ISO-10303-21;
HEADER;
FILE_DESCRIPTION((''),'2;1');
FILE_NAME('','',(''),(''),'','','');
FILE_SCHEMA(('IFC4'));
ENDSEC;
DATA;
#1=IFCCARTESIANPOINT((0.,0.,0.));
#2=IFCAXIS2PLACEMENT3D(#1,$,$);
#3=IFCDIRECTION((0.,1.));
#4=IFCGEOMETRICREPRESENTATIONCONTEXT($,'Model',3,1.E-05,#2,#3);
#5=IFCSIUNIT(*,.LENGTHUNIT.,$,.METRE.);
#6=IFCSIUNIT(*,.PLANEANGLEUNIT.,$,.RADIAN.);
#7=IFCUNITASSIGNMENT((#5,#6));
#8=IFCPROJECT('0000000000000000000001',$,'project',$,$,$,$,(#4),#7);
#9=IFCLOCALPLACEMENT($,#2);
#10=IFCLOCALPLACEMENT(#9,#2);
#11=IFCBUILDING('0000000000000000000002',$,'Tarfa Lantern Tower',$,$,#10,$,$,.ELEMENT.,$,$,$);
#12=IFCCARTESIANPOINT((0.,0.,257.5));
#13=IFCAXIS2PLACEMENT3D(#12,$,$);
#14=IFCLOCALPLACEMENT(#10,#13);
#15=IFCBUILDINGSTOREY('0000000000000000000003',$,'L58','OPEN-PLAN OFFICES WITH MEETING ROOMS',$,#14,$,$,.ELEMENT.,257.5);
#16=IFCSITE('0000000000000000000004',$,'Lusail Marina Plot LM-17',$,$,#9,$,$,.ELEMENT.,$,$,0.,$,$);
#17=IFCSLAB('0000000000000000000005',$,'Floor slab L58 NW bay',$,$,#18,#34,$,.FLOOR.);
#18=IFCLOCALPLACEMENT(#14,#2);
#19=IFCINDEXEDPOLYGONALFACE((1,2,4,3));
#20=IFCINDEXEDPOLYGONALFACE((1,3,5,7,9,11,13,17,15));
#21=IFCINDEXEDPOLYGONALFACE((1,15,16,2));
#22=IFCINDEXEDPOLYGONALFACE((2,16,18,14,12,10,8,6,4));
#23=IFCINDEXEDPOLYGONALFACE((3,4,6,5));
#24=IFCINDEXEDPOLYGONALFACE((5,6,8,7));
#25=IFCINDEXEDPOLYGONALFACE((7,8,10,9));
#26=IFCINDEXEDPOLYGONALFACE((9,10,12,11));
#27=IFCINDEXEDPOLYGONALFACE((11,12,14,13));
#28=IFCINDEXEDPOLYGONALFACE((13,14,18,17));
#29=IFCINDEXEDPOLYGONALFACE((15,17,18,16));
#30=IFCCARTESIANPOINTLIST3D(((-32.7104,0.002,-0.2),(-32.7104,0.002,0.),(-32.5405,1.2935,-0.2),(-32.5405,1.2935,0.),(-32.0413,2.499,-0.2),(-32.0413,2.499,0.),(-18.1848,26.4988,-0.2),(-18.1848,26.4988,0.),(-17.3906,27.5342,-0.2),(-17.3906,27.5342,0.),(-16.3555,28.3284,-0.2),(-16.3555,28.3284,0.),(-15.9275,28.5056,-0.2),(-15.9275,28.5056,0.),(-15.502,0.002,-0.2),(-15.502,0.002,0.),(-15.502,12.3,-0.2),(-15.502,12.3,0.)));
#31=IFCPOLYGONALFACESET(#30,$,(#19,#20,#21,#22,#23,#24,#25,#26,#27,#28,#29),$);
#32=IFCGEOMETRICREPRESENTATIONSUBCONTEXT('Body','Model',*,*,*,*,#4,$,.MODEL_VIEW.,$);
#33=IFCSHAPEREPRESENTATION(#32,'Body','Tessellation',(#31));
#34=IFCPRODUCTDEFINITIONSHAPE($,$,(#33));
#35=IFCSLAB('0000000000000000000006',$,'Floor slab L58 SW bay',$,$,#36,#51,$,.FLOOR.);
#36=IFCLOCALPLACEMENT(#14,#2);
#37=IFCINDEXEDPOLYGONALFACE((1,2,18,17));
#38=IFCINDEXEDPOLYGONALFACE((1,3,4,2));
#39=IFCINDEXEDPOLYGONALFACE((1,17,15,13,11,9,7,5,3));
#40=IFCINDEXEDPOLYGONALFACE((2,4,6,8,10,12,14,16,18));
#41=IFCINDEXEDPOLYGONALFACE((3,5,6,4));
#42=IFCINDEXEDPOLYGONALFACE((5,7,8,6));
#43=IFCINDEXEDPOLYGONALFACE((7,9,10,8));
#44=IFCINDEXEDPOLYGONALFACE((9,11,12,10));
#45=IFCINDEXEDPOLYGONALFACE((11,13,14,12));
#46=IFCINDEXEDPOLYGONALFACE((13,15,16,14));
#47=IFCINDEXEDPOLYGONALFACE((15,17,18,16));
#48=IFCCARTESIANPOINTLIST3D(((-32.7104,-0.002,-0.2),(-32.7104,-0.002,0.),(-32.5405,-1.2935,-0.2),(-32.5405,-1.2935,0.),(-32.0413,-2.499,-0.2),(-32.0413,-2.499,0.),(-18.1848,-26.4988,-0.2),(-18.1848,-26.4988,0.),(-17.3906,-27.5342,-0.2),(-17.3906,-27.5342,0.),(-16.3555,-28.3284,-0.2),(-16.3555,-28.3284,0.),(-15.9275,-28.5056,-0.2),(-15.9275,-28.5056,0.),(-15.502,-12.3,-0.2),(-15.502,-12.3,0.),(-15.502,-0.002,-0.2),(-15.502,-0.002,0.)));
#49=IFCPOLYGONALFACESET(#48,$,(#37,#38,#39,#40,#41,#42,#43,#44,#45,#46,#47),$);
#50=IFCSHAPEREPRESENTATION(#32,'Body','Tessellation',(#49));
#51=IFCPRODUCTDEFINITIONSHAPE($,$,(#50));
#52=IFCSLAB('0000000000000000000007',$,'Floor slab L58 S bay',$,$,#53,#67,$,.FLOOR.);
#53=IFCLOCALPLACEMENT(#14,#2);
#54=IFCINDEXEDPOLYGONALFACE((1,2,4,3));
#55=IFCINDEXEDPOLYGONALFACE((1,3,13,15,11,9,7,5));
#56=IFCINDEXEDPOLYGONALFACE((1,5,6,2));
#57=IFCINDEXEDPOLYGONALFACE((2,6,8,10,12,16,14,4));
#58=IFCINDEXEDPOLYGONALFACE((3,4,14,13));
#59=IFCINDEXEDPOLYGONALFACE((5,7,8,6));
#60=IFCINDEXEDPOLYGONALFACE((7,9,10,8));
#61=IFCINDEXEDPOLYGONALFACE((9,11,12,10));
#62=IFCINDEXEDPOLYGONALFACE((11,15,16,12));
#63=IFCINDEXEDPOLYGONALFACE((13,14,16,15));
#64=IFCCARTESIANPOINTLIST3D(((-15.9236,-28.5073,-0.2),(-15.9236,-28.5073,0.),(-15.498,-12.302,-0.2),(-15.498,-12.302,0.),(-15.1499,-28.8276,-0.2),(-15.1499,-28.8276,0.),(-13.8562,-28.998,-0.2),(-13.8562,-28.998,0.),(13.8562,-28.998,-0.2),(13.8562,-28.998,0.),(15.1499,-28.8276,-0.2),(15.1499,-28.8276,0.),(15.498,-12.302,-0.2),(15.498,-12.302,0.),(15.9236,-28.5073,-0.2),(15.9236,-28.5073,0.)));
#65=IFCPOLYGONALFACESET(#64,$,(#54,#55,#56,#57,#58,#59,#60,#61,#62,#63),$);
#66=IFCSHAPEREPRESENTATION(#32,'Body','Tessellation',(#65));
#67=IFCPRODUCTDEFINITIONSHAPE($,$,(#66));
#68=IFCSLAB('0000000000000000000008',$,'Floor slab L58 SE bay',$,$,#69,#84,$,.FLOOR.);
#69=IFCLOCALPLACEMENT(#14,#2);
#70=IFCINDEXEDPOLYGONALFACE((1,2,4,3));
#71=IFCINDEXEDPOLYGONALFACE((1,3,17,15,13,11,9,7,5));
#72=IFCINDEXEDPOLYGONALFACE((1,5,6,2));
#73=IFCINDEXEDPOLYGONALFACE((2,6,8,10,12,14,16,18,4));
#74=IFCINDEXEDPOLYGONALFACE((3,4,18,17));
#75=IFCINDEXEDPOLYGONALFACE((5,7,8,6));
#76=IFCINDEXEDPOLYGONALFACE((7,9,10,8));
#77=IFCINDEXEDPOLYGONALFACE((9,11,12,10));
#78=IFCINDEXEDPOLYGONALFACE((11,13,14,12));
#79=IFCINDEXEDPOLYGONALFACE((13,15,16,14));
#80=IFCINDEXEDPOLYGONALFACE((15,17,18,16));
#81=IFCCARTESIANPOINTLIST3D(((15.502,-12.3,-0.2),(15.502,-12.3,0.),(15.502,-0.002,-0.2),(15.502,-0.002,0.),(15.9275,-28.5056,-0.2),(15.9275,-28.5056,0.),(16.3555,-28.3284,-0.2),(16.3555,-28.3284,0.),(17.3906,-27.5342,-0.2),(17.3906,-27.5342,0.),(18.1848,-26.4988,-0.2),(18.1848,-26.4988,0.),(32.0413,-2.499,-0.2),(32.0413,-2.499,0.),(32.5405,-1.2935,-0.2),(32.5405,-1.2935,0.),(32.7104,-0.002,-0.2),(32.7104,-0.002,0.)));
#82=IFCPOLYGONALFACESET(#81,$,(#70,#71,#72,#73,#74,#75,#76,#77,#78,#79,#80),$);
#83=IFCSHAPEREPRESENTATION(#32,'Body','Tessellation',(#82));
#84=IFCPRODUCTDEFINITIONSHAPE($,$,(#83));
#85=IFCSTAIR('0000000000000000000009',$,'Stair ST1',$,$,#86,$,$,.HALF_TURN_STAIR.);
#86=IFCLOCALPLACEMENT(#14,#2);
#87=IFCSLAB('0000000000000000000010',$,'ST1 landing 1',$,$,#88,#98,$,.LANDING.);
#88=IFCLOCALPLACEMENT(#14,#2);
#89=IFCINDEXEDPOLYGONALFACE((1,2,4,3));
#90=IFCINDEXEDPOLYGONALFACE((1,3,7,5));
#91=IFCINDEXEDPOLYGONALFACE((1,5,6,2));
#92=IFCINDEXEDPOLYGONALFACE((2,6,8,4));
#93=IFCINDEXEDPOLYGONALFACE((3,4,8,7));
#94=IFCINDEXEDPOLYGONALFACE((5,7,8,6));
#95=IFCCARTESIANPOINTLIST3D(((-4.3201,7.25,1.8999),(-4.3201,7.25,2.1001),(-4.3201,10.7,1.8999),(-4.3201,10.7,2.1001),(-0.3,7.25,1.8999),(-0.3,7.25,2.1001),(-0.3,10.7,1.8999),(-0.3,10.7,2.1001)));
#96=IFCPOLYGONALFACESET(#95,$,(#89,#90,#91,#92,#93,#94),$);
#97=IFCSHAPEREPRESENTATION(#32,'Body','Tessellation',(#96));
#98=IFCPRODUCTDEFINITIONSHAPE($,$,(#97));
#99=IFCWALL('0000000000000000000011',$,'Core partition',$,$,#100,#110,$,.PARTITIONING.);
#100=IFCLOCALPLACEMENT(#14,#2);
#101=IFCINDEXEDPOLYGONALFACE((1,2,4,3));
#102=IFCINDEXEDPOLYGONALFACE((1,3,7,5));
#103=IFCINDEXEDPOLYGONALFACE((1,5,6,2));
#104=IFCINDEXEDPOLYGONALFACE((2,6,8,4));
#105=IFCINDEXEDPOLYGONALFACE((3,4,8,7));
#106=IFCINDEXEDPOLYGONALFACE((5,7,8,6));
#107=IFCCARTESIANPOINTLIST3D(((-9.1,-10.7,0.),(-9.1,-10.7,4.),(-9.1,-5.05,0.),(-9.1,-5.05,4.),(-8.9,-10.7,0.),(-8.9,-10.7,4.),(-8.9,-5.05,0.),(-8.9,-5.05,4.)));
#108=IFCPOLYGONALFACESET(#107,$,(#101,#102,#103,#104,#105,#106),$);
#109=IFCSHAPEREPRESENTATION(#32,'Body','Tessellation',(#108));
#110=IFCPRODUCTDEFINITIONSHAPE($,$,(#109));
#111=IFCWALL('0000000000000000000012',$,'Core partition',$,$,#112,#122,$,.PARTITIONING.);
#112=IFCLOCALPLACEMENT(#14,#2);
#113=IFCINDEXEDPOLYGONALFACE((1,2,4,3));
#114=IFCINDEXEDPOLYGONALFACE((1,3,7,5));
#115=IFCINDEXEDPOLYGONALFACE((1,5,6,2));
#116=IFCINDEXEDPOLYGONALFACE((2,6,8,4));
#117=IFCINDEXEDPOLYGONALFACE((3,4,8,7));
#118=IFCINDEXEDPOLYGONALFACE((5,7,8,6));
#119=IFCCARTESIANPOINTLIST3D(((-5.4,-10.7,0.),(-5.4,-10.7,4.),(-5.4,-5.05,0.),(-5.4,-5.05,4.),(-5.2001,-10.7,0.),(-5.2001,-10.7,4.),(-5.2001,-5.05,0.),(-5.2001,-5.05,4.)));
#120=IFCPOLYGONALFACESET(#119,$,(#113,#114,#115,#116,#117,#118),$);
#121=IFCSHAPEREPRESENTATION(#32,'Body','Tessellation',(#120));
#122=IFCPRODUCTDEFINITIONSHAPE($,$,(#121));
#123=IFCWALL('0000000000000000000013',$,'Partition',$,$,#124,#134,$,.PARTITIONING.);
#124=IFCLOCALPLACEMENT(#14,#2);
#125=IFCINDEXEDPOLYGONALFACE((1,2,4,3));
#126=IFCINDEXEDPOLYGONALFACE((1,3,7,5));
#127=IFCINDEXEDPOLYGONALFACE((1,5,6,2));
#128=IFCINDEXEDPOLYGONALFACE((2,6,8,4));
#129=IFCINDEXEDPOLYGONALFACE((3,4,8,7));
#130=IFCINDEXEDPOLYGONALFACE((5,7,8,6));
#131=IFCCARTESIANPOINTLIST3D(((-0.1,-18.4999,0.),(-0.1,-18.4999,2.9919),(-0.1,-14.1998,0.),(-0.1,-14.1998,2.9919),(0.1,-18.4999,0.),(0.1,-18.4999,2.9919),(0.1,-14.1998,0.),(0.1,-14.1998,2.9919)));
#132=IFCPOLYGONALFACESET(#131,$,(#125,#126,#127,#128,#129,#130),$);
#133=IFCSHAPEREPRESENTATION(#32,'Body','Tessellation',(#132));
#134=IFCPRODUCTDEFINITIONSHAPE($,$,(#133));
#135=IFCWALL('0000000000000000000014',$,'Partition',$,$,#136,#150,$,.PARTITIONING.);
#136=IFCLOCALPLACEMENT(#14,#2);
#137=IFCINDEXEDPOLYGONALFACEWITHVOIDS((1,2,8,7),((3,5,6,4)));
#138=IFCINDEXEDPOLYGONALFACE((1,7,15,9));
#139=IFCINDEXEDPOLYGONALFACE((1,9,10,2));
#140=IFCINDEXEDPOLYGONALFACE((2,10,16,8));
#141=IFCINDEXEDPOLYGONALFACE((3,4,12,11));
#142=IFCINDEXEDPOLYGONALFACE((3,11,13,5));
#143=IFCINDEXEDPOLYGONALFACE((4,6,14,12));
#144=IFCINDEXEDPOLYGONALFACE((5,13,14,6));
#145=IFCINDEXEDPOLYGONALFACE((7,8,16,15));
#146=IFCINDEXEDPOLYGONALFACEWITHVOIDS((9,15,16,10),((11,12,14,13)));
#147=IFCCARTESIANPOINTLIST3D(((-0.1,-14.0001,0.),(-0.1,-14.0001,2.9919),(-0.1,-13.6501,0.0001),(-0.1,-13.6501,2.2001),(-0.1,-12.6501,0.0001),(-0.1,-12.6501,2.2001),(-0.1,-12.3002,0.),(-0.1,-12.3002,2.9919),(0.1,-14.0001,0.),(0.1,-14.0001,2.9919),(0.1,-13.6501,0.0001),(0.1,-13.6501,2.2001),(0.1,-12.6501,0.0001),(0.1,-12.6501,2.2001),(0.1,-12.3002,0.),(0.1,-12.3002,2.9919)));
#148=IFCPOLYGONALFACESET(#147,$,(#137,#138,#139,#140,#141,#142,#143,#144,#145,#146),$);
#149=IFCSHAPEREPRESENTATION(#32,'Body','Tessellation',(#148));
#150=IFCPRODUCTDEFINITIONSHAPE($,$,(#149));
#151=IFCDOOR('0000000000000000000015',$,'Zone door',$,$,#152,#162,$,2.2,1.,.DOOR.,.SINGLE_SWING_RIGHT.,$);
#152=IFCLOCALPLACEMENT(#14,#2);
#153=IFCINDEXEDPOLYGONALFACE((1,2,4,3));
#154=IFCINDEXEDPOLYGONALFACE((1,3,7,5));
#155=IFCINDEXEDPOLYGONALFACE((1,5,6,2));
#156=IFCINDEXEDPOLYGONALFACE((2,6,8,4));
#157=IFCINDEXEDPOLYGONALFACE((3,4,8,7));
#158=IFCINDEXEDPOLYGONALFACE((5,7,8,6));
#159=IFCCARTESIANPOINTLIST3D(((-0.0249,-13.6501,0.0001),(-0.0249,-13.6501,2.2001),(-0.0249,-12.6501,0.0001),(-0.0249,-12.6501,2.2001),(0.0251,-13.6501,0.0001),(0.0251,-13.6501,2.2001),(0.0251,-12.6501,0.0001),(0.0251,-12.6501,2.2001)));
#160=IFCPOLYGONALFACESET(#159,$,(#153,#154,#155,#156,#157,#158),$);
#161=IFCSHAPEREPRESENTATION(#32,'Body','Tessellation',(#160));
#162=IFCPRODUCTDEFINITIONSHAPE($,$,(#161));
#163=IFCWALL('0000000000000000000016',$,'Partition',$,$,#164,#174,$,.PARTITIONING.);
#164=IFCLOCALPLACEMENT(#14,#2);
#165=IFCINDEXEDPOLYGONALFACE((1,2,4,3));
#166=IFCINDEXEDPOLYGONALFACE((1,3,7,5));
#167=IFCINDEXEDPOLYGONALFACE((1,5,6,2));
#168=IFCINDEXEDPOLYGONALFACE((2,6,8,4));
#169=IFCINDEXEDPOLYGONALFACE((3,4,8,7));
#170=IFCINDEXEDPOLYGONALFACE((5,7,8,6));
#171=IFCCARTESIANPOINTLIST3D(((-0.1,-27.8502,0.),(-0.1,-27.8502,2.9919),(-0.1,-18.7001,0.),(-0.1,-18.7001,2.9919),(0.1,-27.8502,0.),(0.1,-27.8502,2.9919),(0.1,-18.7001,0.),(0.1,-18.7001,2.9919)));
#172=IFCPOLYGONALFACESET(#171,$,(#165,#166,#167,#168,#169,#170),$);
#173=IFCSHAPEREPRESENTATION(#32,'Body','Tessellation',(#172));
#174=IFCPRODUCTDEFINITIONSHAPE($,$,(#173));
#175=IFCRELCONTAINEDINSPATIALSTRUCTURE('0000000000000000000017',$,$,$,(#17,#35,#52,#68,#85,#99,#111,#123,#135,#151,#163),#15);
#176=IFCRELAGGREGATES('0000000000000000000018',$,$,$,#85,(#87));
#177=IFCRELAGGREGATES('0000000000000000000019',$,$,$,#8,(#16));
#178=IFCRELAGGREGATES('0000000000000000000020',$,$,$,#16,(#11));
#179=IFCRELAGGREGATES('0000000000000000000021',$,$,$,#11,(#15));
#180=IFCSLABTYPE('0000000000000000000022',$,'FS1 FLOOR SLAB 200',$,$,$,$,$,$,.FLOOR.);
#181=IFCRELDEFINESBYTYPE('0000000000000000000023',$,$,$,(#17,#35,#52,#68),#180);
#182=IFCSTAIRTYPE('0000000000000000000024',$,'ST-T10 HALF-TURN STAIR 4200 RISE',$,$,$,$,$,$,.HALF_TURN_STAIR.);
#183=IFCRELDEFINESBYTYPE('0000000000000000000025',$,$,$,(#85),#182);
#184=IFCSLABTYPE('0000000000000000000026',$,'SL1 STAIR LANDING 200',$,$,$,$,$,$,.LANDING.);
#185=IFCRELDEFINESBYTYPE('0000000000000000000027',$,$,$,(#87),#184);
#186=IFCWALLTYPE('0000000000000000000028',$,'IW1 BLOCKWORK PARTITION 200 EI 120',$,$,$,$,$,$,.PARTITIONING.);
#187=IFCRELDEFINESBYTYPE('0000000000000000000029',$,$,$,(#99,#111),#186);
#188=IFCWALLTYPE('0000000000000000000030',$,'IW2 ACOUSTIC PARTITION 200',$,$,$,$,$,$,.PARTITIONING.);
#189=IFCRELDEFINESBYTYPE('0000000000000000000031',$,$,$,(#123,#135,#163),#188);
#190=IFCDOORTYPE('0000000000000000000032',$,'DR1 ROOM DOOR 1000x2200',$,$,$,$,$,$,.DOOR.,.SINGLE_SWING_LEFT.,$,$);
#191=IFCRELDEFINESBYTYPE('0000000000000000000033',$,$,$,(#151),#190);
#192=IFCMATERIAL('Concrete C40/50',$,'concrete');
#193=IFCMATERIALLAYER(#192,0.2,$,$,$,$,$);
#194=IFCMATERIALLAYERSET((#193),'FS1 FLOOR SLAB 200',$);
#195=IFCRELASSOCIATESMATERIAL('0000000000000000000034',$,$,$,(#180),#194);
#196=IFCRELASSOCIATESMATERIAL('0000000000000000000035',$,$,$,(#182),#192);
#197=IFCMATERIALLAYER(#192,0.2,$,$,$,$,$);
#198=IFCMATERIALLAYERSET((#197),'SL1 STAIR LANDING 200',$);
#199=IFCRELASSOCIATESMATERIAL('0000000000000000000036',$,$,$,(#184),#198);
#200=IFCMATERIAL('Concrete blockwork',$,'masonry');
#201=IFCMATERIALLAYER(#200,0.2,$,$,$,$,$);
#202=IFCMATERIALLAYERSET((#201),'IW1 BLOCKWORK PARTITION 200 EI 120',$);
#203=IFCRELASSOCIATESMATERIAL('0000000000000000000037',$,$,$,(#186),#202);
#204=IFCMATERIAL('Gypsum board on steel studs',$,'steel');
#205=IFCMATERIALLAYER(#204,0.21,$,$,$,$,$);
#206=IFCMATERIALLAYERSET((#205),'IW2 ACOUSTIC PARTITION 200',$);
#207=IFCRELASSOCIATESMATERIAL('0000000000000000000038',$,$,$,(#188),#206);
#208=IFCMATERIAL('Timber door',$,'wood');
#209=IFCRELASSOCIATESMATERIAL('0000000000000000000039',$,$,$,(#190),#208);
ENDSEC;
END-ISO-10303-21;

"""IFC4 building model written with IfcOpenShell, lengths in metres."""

from ifc_helpers import new_model, si_unit, direction, frame, frame_2d, origin, place, context, subcontext, project, spatial, polyline, rectangle, outline, extrude, material, layer, layer_set, type_object, element, fill, aggregate, save


model = new_model("IFC4")

# Units and contexts
model_context = context("Model", 3, precision=1e-05, world=origin(), true_north=direction((0.0, 1.0)))
body_context = subcontext(model_context, "Body", "Model", "MODEL_VIEW")
ifc_project = project(units=[si_unit("LENGTHUNIT", "METRE"), si_unit("PLANEANGLEUNIT", "RADIAN")], contexts=[model_context])

# Site, building, storey
site_placement = place(None, origin())
site = spatial("IfcSite", under=ifc_project, at=site_placement, Name="Lusail Marina Plot LM-17", CompositionType="ELEMENT", RefElevation=0.0)
building_placement = place(site_placement, origin())
building = spatial("IfcBuilding", under=site, at=building_placement, Name="Tarfa Lantern Tower", CompositionType="ELEMENT")
storey_placement = place(building_placement, frame((0.0, 0.0, 257.5)))
storey = spatial("IfcBuildingStorey", under=building, at=storey_placement, Name="L58", Description="OPEN-PLAN OFFICES WITH MEETING ROOMS", CompositionType="ELEMENT", Elevation=257.5)

# Slabs
ifc_material_1 = material(Name="Concrete C40/50", Category="concrete")
ifc_layer_1 = layer(ifc_material_1, 0.2)
ifc_layer_set_1 = layer_set([ifc_layer_1], Name="FS1 FLOOR SLAB 200")
slab_type_1 = type_object("IfcSlabType", Name="FS1 FLOOR SLAB 200", PredefinedType="FLOOR", material=ifc_layer_set_1)
slab_1_placement = place(storey_placement, frame((0.0, 0.0, -0.2)))
element("IfcSlab", 1, at=slab_1_placement, inside=storey, type_object=slab_type_1, Name="Floor slab L58 NW bay", PredefinedType="FLOOR", context=body_context, shape_type="SweptSolid", body=[
    extrude(outline(polyline([(-15.502, 0.002), (-15.502, 12.3), (-15.9275, 28.5056), (-16.3555, 28.3284), (-17.3906, 27.5342), (-18.1848, 26.4988), (-32.0413, 2.499), (-32.5405, 1.2935), (-32.7104, 0.002), (-15.502, 0.002)])), origin(), (0.0, 0.0, 1.0), 0.2),
])
slab_2_placement = place(storey_placement, frame((0.0, 0.0, -0.2)))
element("IfcSlab", 2, at=slab_2_placement, inside=storey, type_object=slab_type_1, Name="Floor slab L58 SW bay", PredefinedType="FLOOR", context=body_context, shape_type="SweptSolid", body=[
    extrude(outline(polyline([(-15.502, -12.3), (-15.502, -0.002), (-32.7104, -0.002), (-32.5405, -1.2935), (-32.0413, -2.499), (-18.1848, -26.4988), (-17.3906, -27.5342), (-16.3555, -28.3284), (-15.9275, -28.5056), (-15.502, -12.3)])), origin(), (0.0, 0.0, 1.0), 0.2),
])
slab_3_placement = place(storey_placement, frame((0.0, 0.0, -0.2)))
element("IfcSlab", 3, at=slab_3_placement, inside=storey, type_object=slab_type_1, Name="Floor slab L58 S bay", PredefinedType="FLOOR", context=body_context, shape_type="SweptSolid", body=[
    extrude(outline(polyline([(15.498, -12.302), (-15.498, -12.302), (-15.9236, -28.5073), (-15.1499, -28.8276), (-13.8562, -28.998), (13.8562, -28.998), (15.1499, -28.8276), (15.9236, -28.5073), (15.498, -12.302)])), origin(), (0.0, 0.0, 1.0), 0.2),
])
slab_4_placement = place(storey_placement, frame((0.0, 0.0, -0.2)))
element("IfcSlab", 4, at=slab_4_placement, inside=storey, type_object=slab_type_1, Name="Floor slab L58 SE bay", PredefinedType="FLOOR", context=body_context, shape_type="SweptSolid", body=[
    extrude(outline(polyline([(15.502, -0.002), (15.502, -12.3), (15.9275, -28.5056), (16.3555, -28.3284), (17.3906, -27.5342), (18.1848, -26.4988), (32.0413, -2.499), (32.5405, -1.2935), (32.7104, -0.002), (15.502, -0.002)])), origin(), (0.0, 0.0, 1.0), 0.2),
])

# Stair, slab
stair_type = type_object("IfcStairType", Name="ST-T10 HALF-TURN STAIR 4200 RISE", PredefinedType="HALF_TURN_STAIR", material=ifc_material_1)
stair_placement = place(storey_placement, origin())
stair = element("IfcStair", 5, at=stair_placement, inside=storey, type_object=stair_type, Name="Stair ST1", PredefinedType="HALF_TURN_STAIR")
ifc_layer_2 = layer(ifc_material_1, 0.2)
ifc_layer_set_2 = layer_set([ifc_layer_2], Name="SL1 STAIR LANDING 200")
slab_type_2 = type_object("IfcSlabType", Name="SL1 STAIR LANDING 200", PredefinedType="LANDING", material=ifc_layer_set_2)
slab_5_placement = place(storey_placement, frame((0.0, 0.0, 1.8999)))
slab_5 = element("IfcSlab", 6, at=slab_5_placement, type_object=slab_type_2, Name="ST1 landing 1", PredefinedType="LANDING", context=body_context, shape_type="SweptSolid", body=[
    extrude(outline(polyline([(-4.3201, 7.25), (-0.3, 7.25), (-0.3, 10.7), (-4.3201, 10.7), (-4.3201, 7.25)])), origin(), (0.0, 0.0, 1.0), 0.2002),
])
aggregate(stair, [slab_5])

# Walls
ifc_material_2 = material(Name="Concrete blockwork", Category="masonry")
ifc_layer_3 = layer(ifc_material_2, 0.2)
ifc_layer_set_3 = layer_set([ifc_layer_3], Name="IW1 BLOCKWORK PARTITION 200 EI 120")
wall_type_1 = type_object("IfcWallType", Name="IW1 BLOCKWORK PARTITION 200 EI 120", PredefinedType="PARTITIONING", material=ifc_layer_set_3)
for number, where, z_axis, x_axis, name in (
    (7, (-9.0, -5.05, 0.0), (0.0, 0.0, 1.0), (0.0, -1.0, 0.0), "Core partition"),
    (8, (-5.3, -5.05, 0.0), (0.0, 0.0, 1.0), (0.0, -1.0, 0.0), "Core partition"),
):
    element("IfcWall", number, at=place(storey_placement, frame(where, z_axis=z_axis, x_axis=x_axis)), inside=storey, type_object=wall_type_1, Name=name, PredefinedType="PARTITIONING", context=body_context, shape_type="SweptSolid", body=[
        extrude(rectangle(XDim=5.6499, YDim=0.2, at=frame_2d((2.825, 0.0))), origin(), (0.0, 0.0, 1.0), 4.0),
    ])
ifc_material_3 = material(Name="Gypsum board on steel studs", Category="steel")
ifc_layer_4 = layer(ifc_material_3, 0.21)
ifc_layer_set_4 = layer_set([ifc_layer_4], Name="IW2 ACOUSTIC PARTITION 200")
wall_type_2 = type_object("IfcWallType", Name="IW2 ACOUSTIC PARTITION 200", PredefinedType="PARTITIONING", material=ifc_layer_set_4)
wall_1_placement = place(storey_placement, frame((0.0, -14.2, 0.0), z_axis=(0.0, 0.0, 1.0), x_axis=(0.0, -1.0, 0.0)))
element("IfcWall", 9, at=wall_1_placement, inside=storey, type_object=wall_type_2, Name="Partition", PredefinedType="PARTITIONING", context=body_context, shape_type="SweptSolid", body=[
    extrude(rectangle(XDim=4.3, YDim=0.2, at=frame_2d((2.1499, 0.0))), origin(), (0.0, 0.0, 1.0), 2.9919),
])

# Wall, opening, door
wall_2_placement = place(storey_placement, frame((0.0, -12.3, 0.0), z_axis=(0.0, 0.0, 1.0), x_axis=(0.0, -1.0, 0.0)))
wall_2 = element("IfcWall", 10, at=wall_2_placement, inside=storey, type_object=wall_type_2, Name="Partition", PredefinedType="PARTITIONING", context=body_context, shape_type="SweptSolid", body=[
    extrude(rectangle(XDim=1.7, YDim=0.2, at=frame_2d((0.8501, 0.0))), origin(), (0.0, 0.0, 1.0), 2.9919),
])
opening_1_placement = place(wall_2_placement, frame((0.3501, 0.0, 0.0)))
opening_1 = element("IfcOpeningElement", 11, at=opening_1_placement, cuts=wall_2, PredefinedType="OPENING", context=body_context, shape_type="SweptSolid", body=[
    extrude(rectangle(XDim=1.0, YDim=2.2, at=frame_2d((0.5, 1.1001))), frame((0.0, 0.1099, 0.0), z_axis=(0.0, -1.0, 0.0), x_axis=(1.0, 0.0, 0.0)), (0.0, 0.0, 1.0), 0.22),
])
ifc_material_4 = material(Name="Timber door", Category="wood")
door_type_1 = type_object("IfcDoorType", Name="DR1 ROOM DOOR 1000x2200", OperationType="SINGLE_SWING_LEFT", PredefinedType="DOOR", material=ifc_material_4)
door_1_placement = place(opening_1_placement, frame((1.0, 0.0, 0.0), z_axis=(0.0, 0.0, 1.0), x_axis=(-1.0, 0.0, 0.0)))
door_1 = element("IfcDoor", 12, at=door_1_placement, inside=storey, type_object=door_type_1, Name="Zone door", OperationType="SINGLE_SWING_RIGHT", OverallHeight=2.2, OverallWidth=1.0, PredefinedType="DOOR", context=body_context, shape_type="SweptSolid", body=[
    extrude(rectangle(XDim=1.0, YDim=2.2, at=frame_2d((0.5, 1.1001))), frame((0.0, 0.0249, 0.0), z_axis=(0.0, -1.0, 0.0), x_axis=(1.0, 0.0, 0.0)), (0.0, 0.0, 1.0), 0.05),
])
fill(opening_1, door_1)

# Wall
wall_3_placement = place(storey_placement, frame((0.0, -18.7, 0.0), z_axis=(0.0, 0.0, 1.0), x_axis=(0.0, -1.0, 0.0)))
element("IfcWall", 13, at=wall_3_placement, inside=storey, type_object=wall_type_2, Name="Partition", PredefinedType="PARTITIONING", context=body_context, shape_type="SweptSolid", body=[
    extrude(rectangle(XDim=9.1501, YDim=0.2, at=frame_2d((4.5752, 0.0))), origin(), (0.0, 0.0, 1.0), 2.9919),
])

save(model, "model.ifc")
